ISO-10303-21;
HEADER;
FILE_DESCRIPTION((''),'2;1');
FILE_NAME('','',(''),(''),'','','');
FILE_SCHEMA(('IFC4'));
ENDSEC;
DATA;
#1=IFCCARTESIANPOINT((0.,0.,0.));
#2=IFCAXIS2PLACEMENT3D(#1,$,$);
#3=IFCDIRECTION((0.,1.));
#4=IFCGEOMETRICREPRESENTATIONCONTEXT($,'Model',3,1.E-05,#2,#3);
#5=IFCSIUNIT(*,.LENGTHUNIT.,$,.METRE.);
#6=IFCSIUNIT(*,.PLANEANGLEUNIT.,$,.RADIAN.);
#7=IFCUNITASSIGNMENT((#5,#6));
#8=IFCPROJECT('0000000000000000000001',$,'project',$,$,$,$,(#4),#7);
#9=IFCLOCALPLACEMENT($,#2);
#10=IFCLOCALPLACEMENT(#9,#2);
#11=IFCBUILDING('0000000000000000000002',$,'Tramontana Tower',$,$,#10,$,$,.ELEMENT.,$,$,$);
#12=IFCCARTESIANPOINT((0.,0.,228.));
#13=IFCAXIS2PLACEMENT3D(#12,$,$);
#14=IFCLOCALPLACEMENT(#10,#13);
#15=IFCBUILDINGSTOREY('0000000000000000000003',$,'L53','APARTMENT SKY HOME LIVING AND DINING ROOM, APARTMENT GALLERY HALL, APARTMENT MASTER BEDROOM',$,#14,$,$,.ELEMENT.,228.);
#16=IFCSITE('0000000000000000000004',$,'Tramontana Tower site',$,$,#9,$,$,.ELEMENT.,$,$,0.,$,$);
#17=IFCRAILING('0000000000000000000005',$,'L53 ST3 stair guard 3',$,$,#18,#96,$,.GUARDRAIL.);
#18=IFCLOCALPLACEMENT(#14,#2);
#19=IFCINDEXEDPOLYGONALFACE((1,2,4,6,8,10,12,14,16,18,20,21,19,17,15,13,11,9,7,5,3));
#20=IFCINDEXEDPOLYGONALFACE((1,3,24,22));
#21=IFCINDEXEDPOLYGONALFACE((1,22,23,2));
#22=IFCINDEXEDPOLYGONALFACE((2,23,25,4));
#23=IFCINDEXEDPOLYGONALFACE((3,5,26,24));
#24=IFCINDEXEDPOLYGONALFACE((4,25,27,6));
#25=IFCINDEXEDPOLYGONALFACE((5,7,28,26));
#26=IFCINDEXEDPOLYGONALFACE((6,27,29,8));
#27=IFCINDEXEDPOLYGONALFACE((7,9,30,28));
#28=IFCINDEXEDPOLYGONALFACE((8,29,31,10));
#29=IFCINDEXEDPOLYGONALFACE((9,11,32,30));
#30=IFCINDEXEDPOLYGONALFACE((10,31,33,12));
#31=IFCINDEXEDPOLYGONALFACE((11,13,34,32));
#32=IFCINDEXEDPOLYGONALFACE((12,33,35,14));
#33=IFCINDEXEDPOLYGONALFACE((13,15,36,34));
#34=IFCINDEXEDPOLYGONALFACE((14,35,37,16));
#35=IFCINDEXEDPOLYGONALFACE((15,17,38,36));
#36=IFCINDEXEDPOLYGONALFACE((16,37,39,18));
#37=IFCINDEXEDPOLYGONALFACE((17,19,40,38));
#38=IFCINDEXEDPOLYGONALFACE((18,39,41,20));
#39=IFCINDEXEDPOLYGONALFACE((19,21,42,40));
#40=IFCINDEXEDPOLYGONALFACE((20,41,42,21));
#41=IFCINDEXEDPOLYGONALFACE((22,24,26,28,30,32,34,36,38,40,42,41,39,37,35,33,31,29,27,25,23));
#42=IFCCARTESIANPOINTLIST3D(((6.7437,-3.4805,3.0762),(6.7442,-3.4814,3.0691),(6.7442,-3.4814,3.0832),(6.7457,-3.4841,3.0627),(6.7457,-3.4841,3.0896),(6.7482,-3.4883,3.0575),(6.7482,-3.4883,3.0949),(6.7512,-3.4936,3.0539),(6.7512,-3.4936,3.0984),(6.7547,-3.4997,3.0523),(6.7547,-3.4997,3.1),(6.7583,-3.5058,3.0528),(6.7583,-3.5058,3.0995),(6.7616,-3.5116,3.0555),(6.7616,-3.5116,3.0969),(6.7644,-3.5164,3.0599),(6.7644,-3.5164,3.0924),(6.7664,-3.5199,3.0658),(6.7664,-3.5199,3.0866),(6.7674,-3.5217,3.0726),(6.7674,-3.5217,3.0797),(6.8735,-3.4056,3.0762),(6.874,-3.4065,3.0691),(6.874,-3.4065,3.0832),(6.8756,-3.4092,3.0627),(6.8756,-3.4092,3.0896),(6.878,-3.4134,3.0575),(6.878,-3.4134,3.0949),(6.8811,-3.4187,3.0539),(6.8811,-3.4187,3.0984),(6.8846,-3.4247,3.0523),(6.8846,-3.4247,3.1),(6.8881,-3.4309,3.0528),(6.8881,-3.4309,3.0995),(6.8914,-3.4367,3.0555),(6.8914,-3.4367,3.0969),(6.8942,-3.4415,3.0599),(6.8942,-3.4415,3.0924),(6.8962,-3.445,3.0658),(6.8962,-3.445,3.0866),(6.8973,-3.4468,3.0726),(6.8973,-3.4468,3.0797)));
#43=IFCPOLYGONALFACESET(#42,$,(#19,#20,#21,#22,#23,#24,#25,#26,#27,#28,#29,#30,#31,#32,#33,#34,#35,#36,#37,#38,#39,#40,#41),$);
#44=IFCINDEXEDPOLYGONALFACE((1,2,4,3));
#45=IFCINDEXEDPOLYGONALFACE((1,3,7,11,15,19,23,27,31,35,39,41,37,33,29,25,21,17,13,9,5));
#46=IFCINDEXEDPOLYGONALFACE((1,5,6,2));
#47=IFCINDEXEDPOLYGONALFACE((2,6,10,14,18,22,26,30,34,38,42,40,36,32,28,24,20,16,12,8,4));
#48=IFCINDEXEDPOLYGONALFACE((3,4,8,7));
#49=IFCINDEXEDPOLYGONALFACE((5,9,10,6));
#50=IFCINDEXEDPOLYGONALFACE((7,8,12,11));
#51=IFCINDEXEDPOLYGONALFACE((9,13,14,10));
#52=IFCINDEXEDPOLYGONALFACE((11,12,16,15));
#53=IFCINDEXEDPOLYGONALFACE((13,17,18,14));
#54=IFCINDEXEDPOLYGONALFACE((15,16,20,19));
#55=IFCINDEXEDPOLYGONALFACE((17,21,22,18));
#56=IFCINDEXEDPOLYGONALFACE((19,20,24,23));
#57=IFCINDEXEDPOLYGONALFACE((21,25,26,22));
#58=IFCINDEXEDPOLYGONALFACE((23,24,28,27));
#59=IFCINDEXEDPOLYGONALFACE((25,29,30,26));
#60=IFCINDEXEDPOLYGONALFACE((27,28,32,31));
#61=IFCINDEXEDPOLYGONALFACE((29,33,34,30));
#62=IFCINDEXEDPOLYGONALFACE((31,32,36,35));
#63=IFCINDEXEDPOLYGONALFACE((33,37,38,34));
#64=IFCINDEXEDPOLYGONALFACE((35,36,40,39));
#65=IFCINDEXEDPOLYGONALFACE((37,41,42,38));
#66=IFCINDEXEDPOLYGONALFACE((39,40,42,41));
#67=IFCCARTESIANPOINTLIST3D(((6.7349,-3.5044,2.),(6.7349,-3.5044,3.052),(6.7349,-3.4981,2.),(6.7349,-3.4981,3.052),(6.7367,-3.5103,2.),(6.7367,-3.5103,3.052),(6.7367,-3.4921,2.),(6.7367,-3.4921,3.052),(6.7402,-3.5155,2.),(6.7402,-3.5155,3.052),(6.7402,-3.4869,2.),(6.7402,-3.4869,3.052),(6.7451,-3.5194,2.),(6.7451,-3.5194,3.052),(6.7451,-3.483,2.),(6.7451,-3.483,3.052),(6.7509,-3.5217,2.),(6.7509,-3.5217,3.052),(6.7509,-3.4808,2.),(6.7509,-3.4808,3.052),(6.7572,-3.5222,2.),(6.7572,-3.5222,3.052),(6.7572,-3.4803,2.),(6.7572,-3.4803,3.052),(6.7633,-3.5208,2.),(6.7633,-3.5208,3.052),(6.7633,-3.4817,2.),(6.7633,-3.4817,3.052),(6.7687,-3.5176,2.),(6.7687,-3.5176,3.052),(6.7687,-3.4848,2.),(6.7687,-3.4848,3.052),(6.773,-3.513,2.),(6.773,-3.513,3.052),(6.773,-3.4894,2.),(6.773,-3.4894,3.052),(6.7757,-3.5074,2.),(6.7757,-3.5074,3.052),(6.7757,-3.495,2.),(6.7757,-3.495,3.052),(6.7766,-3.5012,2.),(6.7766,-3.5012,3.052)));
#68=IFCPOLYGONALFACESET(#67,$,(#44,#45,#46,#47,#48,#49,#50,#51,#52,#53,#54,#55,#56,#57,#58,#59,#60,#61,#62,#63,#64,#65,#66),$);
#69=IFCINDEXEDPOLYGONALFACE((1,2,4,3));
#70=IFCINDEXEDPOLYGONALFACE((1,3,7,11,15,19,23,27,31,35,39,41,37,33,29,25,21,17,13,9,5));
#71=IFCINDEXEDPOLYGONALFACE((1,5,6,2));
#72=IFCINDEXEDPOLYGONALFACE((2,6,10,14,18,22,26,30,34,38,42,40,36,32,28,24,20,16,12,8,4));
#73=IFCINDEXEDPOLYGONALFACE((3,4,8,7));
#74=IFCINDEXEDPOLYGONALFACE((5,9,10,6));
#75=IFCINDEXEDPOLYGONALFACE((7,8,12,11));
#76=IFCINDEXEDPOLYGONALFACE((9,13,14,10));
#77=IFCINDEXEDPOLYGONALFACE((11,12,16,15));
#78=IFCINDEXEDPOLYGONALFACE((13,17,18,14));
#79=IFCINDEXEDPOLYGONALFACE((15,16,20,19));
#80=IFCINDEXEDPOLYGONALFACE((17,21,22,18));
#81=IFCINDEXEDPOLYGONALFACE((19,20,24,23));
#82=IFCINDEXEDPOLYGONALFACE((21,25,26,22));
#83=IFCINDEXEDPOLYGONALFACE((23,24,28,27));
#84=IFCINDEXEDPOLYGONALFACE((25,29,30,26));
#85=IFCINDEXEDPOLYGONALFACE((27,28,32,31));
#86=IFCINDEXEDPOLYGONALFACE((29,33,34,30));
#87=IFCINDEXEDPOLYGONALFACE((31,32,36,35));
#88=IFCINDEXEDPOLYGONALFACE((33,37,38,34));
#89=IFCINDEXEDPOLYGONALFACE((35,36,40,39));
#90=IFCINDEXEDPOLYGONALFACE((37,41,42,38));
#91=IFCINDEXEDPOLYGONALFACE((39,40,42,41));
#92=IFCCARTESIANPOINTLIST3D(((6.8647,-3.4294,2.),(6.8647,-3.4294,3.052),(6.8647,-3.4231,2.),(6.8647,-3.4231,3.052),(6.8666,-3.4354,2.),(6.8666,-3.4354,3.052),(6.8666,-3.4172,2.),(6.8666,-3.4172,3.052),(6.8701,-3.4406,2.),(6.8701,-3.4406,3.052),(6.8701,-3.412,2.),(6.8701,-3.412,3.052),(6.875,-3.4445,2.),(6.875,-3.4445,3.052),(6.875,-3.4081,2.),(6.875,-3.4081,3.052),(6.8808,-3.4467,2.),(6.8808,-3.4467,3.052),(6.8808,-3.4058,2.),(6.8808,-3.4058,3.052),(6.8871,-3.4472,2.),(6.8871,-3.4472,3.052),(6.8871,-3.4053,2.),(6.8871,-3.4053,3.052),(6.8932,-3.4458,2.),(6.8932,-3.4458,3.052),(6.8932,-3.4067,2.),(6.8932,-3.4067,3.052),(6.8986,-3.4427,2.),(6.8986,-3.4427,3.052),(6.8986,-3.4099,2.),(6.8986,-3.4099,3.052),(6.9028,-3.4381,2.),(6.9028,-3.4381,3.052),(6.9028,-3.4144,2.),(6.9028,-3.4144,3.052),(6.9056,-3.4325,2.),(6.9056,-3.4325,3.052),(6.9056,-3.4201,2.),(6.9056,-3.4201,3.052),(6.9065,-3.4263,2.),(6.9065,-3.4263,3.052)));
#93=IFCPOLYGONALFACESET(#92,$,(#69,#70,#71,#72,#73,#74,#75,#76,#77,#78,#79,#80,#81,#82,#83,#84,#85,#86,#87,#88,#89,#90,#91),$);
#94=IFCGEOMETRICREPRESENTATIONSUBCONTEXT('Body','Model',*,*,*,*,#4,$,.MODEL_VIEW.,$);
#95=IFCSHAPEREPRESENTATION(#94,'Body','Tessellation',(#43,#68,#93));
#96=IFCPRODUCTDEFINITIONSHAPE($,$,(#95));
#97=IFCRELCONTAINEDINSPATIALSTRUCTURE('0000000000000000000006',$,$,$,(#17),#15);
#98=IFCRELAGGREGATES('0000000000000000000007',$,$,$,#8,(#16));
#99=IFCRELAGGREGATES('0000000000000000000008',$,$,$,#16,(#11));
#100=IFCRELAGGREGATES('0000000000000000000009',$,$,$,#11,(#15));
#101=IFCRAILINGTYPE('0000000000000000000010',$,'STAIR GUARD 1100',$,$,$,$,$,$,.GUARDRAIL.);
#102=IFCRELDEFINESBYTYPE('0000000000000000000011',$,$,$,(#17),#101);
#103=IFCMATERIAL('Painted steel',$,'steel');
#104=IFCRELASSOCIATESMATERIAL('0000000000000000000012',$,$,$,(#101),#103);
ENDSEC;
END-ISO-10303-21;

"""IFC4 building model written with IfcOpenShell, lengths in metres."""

from ifc_helpers import new_model, si_unit, direction, frame, origin, origin_2d, place, context, subcontext, project, spatial, circle, extrude, material, type_object, element, save


model = new_model("IFC4")

# Units and contexts
model_context = context("Model", 3, precision=1e-05, world=origin(), true_north=direction((0.0, 1.0)))
body_context = subcontext(model_context, "Body", "Model", "MODEL_VIEW")
ifc_project = project(units=[si_unit("LENGTHUNIT", "METRE"), si_unit("PLANEANGLEUNIT", "RADIAN")], contexts=[model_context])

# Site, building, storey
site_placement = place(None, origin())
site = spatial("IfcSite", under=ifc_project, at=site_placement, Name="Tramontana Tower site", CompositionType="ELEMENT", RefElevation=0.0)
building_placement = place(site_placement, origin())
building = spatial("IfcBuilding", under=site, at=building_placement, Name="Tramontana Tower", CompositionType="ELEMENT")
storey_placement = place(building_placement, frame((0.0, 0.0, 228.0)))
storey = spatial("IfcBuildingStorey", under=building, at=storey_placement, Name="L53", Description="APARTMENT SKY HOME LIVING AND DINING ROOM, APARTMENT GALLERY HALL, APARTMENT MASTER BEDROOM", CompositionType="ELEMENT", Elevation=228.0)

# Railing
ifc_material_1 = material(Name="Painted steel", Category="steel")
railing_type_1 = type_object("IfcRailingType", Name="STAIR GUARD 1100", PredefinedType="GUARDRAIL", material=ifc_material_1)
railing_1_placement = place(storey_placement, frame((6.7556, -3.5012, 2.0)))
element("IfcRailing", 1, at=railing_1_placement, inside=storey, type_object=railing_type_1, Name="L53 ST3 stair guard 3", PredefinedType="GUARDRAIL", context=body_context, shape_type="SweptSolid", body=[
    extrude(circle(Radius=0.0239, at=origin_2d()), frame((0.0, 0.0, 1.0762), z_axis=(0.866131, 0.499816, 0.0), x_axis=(-0.499816, 0.866131, 0.0)), (0.0, 0.0, 1.0), 0.1499),
    extrude(circle(Radius=0.021, at=origin_2d()), origin(), (0.0, 0.0, 1.0), 1.052),
    extrude(circle(Radius=0.021, at=origin_2d()), frame((0.1299, 0.075, 0.0)), (0.0, 0.0, 1.0), 1.052),
])

save(model, "model.ifc")
